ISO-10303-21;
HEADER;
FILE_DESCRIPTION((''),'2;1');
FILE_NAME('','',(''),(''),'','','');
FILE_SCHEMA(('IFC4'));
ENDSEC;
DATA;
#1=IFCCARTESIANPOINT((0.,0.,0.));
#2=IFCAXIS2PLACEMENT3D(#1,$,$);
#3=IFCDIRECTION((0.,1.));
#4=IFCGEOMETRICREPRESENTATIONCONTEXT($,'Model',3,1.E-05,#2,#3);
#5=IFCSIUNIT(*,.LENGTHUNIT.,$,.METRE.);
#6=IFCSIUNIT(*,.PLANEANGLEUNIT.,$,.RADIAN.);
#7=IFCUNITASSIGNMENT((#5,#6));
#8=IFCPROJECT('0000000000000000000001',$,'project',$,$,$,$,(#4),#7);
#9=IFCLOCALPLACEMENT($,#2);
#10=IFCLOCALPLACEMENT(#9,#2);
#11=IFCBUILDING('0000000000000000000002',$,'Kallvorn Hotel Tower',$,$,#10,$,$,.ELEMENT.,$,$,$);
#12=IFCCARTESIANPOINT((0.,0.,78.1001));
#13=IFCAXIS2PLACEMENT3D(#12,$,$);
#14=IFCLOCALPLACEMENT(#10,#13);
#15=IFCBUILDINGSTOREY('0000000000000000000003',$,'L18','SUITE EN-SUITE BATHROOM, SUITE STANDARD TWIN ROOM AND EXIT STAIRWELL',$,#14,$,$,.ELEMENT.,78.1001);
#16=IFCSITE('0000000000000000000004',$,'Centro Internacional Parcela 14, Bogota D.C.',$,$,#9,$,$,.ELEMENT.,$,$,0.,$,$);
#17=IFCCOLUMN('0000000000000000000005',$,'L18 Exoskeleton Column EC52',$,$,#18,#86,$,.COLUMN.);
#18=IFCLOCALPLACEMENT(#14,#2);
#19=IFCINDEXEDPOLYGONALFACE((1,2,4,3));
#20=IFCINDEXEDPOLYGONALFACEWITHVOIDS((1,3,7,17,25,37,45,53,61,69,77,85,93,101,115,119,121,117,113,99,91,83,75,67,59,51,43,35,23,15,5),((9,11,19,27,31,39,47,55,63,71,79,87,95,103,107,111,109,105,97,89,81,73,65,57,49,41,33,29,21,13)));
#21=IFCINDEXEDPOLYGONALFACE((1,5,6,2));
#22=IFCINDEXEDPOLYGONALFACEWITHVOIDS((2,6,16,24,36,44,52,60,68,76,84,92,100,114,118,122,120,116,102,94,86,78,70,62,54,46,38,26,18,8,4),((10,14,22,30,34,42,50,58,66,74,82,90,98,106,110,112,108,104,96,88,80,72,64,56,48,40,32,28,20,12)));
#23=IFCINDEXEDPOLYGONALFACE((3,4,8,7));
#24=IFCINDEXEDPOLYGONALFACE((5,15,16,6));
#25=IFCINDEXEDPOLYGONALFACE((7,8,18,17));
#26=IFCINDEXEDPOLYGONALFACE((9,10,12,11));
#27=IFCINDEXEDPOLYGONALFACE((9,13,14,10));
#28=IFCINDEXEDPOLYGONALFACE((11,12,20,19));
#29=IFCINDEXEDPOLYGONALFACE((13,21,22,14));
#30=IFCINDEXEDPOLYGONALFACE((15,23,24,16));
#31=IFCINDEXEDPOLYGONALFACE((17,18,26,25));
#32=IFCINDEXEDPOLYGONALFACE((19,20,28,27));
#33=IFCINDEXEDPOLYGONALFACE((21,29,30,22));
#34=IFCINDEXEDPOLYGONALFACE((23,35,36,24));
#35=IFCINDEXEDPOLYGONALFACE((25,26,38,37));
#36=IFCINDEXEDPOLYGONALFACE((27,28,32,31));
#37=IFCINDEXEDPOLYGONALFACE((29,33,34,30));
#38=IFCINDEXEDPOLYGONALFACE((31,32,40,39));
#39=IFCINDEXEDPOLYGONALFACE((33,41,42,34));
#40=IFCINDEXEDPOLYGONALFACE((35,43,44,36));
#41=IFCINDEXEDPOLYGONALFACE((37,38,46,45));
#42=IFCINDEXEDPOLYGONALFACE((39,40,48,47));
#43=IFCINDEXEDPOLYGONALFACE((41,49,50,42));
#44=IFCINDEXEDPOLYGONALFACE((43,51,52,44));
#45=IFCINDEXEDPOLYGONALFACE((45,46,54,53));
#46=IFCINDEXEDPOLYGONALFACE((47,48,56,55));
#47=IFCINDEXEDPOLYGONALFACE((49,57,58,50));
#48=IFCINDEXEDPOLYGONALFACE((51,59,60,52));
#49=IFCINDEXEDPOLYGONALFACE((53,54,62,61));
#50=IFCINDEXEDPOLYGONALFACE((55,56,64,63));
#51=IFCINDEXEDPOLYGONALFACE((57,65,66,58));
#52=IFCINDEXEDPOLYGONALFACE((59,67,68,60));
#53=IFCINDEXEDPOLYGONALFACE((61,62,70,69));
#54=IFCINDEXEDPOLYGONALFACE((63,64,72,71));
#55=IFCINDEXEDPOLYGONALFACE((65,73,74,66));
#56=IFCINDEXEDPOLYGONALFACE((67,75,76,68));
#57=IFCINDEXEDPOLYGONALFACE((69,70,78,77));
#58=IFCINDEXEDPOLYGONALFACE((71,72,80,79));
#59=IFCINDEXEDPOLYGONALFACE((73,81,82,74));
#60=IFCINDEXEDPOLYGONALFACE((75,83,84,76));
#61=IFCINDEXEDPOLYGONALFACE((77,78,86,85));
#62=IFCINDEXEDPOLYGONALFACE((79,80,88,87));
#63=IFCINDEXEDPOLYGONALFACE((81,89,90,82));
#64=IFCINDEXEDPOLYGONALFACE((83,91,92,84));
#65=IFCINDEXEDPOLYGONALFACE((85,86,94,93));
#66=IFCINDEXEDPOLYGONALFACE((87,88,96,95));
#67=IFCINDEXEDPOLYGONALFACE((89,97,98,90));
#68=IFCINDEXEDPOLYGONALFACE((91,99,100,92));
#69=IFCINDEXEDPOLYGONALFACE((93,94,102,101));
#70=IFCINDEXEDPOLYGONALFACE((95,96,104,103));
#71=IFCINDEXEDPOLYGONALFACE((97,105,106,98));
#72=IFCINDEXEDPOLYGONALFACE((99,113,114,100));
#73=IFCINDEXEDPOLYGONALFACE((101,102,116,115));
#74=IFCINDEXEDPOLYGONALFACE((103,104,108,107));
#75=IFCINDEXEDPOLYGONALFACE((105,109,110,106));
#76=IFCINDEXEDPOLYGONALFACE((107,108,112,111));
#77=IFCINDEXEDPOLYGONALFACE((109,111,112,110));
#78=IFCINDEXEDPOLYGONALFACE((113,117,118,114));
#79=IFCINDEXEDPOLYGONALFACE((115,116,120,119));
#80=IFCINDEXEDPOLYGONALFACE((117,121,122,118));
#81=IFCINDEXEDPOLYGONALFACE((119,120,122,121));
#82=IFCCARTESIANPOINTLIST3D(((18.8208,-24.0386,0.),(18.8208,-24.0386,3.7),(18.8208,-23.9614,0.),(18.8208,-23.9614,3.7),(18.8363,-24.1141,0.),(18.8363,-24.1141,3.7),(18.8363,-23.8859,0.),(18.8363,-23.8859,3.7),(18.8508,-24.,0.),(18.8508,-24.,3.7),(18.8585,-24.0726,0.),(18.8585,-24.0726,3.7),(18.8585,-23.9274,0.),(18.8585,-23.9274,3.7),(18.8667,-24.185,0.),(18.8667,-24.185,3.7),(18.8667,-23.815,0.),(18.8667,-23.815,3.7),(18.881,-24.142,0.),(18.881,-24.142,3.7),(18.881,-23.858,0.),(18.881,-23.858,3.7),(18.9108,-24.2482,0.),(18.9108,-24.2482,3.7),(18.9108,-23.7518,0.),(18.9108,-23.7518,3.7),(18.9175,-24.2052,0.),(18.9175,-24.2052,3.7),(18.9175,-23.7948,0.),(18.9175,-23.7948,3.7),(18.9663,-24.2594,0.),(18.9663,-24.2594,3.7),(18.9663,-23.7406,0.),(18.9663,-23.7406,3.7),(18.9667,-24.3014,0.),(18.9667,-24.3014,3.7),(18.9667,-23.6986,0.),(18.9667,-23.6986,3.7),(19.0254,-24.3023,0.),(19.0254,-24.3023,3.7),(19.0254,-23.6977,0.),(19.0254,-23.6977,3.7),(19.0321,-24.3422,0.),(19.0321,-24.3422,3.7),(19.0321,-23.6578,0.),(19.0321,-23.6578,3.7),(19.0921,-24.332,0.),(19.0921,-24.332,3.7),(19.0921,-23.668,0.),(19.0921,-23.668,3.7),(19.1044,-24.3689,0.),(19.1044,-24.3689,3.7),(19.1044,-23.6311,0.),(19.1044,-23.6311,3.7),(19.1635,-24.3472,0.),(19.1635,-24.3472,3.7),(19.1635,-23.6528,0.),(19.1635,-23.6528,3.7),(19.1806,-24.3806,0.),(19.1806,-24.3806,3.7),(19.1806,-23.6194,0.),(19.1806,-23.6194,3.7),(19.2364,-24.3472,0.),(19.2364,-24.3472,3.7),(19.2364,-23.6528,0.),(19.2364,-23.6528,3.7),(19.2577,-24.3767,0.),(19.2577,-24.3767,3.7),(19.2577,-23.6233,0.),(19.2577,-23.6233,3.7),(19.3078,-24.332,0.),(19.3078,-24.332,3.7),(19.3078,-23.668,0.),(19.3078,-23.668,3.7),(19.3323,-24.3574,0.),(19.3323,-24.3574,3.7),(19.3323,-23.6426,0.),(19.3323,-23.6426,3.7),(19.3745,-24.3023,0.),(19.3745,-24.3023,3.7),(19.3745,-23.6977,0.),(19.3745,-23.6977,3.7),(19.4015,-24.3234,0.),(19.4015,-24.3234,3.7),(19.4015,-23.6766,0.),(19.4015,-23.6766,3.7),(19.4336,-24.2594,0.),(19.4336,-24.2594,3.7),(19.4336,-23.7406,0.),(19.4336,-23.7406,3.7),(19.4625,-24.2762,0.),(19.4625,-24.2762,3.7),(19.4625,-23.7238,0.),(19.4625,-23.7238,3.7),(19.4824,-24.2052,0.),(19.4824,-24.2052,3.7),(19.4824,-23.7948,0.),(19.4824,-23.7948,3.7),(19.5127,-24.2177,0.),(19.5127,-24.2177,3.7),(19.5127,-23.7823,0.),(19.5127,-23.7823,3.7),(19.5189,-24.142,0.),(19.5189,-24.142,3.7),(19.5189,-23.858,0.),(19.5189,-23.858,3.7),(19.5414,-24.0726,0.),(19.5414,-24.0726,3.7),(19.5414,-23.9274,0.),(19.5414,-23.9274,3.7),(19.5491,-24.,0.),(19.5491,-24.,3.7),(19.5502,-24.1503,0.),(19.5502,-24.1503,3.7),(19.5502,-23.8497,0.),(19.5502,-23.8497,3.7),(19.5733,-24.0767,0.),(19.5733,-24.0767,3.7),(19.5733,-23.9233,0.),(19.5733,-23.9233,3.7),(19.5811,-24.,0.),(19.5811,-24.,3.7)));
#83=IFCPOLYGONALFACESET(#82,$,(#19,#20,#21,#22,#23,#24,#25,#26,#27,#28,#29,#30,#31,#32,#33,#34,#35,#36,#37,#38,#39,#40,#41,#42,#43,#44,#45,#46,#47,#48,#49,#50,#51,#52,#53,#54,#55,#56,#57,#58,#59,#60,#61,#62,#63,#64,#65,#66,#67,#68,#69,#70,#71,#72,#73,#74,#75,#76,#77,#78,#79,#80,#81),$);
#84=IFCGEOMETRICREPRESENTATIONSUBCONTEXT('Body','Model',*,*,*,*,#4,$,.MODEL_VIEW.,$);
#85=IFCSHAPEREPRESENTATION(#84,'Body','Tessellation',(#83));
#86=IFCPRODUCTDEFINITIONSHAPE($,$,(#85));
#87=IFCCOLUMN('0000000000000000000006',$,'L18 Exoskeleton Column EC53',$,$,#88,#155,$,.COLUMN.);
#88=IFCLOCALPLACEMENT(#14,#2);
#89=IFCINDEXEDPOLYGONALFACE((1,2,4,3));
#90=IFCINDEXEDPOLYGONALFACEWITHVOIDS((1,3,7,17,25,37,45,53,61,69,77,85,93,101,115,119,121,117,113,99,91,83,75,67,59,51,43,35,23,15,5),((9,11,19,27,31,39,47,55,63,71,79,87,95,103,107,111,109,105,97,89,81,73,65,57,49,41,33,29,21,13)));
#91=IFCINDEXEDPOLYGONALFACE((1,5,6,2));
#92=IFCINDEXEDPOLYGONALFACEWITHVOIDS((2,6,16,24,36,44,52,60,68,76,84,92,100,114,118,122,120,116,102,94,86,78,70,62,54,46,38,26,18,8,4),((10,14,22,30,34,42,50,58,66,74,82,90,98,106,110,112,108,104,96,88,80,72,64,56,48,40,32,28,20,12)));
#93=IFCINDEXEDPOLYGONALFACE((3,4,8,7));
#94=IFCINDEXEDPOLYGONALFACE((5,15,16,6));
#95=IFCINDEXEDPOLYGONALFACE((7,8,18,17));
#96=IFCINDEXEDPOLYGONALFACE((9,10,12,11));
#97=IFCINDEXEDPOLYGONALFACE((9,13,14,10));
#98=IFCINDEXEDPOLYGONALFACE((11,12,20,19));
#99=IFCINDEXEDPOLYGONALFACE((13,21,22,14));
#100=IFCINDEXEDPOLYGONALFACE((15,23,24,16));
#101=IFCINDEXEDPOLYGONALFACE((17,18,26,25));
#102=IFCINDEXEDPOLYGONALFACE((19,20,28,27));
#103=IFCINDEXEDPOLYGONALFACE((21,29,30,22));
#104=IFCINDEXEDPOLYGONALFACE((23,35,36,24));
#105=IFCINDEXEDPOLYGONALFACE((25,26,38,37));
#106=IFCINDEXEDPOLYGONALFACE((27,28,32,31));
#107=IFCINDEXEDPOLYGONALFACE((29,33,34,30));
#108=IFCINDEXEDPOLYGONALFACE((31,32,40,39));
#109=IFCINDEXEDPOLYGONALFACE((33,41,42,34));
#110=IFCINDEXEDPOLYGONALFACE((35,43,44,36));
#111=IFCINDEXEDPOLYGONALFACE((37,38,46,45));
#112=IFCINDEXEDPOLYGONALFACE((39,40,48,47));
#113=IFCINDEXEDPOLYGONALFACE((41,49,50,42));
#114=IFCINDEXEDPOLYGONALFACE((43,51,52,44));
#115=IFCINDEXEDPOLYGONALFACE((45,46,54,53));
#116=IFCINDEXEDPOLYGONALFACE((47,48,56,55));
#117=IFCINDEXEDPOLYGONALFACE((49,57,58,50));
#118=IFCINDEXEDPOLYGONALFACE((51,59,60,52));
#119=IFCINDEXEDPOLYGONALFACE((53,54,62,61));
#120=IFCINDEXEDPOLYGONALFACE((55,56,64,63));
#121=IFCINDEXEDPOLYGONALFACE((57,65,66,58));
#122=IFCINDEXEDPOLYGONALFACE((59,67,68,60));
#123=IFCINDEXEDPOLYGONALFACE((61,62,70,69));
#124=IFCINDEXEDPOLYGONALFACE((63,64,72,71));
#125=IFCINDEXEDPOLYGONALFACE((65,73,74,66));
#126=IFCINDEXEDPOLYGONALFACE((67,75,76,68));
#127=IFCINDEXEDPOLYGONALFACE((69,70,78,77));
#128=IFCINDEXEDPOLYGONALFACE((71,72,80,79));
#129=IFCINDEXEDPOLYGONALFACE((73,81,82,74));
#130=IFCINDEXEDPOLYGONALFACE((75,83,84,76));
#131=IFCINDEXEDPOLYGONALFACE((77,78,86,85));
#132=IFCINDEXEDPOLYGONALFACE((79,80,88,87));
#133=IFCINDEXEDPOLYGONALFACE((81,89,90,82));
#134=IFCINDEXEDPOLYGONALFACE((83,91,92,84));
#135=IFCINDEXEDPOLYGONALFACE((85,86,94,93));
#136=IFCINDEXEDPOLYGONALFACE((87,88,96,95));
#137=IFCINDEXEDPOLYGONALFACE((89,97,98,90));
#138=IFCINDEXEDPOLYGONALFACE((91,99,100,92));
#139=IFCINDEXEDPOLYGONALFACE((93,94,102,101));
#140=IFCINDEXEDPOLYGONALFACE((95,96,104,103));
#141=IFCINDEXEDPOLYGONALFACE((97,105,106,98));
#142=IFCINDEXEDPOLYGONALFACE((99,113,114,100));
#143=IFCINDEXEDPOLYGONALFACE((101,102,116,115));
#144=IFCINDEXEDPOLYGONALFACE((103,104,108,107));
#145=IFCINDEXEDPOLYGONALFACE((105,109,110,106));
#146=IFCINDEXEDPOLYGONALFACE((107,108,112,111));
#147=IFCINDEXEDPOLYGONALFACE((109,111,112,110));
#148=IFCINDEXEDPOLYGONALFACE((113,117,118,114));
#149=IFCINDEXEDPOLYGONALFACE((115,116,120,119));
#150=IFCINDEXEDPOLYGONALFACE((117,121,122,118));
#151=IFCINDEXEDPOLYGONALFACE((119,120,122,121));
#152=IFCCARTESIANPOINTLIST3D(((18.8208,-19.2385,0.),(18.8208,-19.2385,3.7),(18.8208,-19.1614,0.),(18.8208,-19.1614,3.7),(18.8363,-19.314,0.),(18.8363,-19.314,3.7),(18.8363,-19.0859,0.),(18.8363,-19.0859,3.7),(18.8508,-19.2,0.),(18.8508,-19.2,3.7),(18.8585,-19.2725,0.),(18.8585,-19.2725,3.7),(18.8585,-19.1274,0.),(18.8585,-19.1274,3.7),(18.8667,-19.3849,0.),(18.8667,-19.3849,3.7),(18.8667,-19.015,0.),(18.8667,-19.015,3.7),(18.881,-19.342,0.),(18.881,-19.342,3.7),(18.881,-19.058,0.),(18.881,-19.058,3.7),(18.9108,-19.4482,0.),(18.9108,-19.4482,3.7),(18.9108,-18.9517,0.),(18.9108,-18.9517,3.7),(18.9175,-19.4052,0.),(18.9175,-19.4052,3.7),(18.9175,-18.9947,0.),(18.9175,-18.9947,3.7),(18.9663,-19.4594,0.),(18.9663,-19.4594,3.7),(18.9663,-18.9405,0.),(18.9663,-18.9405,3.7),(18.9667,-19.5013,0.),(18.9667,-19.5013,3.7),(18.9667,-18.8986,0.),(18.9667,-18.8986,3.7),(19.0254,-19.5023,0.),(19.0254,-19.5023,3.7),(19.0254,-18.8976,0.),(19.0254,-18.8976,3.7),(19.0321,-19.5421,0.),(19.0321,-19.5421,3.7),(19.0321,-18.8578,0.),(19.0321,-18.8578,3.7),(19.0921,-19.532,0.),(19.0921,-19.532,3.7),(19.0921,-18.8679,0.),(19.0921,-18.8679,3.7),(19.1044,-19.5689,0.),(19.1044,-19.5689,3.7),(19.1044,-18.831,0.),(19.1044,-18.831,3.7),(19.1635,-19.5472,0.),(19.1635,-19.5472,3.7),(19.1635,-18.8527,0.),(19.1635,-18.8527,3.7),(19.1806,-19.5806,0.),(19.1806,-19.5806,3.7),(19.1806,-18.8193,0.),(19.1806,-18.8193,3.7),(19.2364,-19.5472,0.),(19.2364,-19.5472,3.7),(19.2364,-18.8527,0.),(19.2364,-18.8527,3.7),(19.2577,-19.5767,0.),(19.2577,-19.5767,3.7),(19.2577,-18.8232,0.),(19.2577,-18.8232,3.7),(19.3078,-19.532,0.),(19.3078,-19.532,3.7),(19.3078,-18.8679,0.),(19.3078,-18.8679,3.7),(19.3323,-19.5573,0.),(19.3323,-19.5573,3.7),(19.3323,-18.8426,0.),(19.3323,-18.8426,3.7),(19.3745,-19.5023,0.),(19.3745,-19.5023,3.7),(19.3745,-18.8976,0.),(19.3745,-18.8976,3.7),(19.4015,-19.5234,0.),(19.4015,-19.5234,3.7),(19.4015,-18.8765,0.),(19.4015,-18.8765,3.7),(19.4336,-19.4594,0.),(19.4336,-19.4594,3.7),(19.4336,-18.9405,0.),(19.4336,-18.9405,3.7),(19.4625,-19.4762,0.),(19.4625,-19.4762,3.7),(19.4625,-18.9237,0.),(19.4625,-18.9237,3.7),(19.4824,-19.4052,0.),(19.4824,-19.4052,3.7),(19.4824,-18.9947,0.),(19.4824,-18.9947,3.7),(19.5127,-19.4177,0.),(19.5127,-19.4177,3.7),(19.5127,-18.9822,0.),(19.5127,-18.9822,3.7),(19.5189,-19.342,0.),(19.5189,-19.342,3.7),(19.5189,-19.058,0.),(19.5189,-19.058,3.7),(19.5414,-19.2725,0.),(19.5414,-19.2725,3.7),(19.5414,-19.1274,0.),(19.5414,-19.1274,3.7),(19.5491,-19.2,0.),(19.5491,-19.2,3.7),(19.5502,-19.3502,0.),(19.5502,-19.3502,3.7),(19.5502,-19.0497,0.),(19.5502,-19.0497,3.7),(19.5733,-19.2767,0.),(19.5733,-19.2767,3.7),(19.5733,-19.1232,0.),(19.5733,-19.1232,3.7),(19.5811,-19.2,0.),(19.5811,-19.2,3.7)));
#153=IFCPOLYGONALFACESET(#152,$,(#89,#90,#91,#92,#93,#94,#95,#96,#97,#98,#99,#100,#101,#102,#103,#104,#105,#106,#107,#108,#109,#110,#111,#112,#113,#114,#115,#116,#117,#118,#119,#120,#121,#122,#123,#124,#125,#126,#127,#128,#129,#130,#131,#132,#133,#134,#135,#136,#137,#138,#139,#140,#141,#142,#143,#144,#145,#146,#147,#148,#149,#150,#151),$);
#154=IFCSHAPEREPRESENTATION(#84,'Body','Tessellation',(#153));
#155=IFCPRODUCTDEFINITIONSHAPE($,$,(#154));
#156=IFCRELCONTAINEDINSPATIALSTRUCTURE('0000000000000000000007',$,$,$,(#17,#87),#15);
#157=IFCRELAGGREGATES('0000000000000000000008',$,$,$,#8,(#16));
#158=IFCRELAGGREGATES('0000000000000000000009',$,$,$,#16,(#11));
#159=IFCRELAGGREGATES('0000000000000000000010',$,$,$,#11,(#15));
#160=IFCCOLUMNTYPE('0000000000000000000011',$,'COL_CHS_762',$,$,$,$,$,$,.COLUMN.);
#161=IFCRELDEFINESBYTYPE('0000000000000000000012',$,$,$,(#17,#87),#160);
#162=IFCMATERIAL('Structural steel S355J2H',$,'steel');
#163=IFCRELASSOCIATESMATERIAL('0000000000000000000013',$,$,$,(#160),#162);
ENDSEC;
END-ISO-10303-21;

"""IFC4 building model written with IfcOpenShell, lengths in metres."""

from ifc_helpers import new_model, si_unit, direction, frame, origin, origin_2d, place, context, subcontext, project, spatial, hollow_circle, extrude, material, material_profile, profile_set, type_object, element, save


model = new_model("IFC4")

# Units and contexts
model_context = context("Model", 3, precision=1e-05, world=origin(), true_north=direction((0.0, 1.0)))
body_context = subcontext(model_context, "Body", "Model", "MODEL_VIEW")
ifc_project = project(units=[si_unit("LENGTHUNIT", "METRE"), si_unit("PLANEANGLEUNIT", "RADIAN")], contexts=[model_context])

# Site, building, storey
site_placement = place(None, origin())
site = spatial("IfcSite", under=ifc_project, at=site_placement, Name="Centro Internacional Parcela 14, Bogota D.C.", CompositionType="ELEMENT", RefElevation=0.0)
building_placement = place(site_placement, origin())
building = spatial("IfcBuilding", under=site, at=building_placement, Name="Kallvorn Hotel Tower", CompositionType="ELEMENT")
storey_placement = place(building_placement, frame((0.0, 0.0, 78.1001)))
storey = spatial("IfcBuildingStorey", under=building, at=storey_placement, Name="L18", Description="SUITE EN-SUITE BATHROOM, SUITE STANDARD TWIN ROOM AND EXIT STAIRWELL", CompositionType="ELEMENT", Elevation=78.1001)

# Columns
ifc_material_1 = material(Name="Structural steel S355J2H", Category="steel")
ifc_material_profile_1 = material_profile(ifc_material_1, hollow_circle(Radius=0.3811, WallThickness=0.032, at=origin_2d()), Name="CHS 762x32")
ifc_profile_set_1 = profile_set([ifc_material_profile_1], Name="Structural steel S355J2H")
column_type = type_object("IfcColumnType", Name="COL_CHS_762", PredefinedType="COLUMN", material=ifc_profile_set_1)
for number, where, z_axis, x_axis, name in (
    (1, (19.2, -24.0, 0.0), (0.0, 0.0, 1.0), (1.0, 0.0, 0.0), "L18 Exoskeleton Column EC52"),
    (2, (19.2, -19.2, 0.0), (0.0, 0.0, 1.0), (1.0, 0.0, 0.0), "L18 Exoskeleton Column EC53"),
):
    element("IfcColumn", number, at=place(storey_placement, frame(where, z_axis=z_axis, x_axis=x_axis)), inside=storey, type_object=column_type, Name=name, PredefinedType="COLUMN", context=body_context, shape_type="SweptSolid", body=[
        extrude(hollow_circle(Radius=0.3811, WallThickness=0.032, at=origin_2d()), origin(), (0.0, 0.0, 1.0), 3.7),
    ])

save(model, "model.ifc")
